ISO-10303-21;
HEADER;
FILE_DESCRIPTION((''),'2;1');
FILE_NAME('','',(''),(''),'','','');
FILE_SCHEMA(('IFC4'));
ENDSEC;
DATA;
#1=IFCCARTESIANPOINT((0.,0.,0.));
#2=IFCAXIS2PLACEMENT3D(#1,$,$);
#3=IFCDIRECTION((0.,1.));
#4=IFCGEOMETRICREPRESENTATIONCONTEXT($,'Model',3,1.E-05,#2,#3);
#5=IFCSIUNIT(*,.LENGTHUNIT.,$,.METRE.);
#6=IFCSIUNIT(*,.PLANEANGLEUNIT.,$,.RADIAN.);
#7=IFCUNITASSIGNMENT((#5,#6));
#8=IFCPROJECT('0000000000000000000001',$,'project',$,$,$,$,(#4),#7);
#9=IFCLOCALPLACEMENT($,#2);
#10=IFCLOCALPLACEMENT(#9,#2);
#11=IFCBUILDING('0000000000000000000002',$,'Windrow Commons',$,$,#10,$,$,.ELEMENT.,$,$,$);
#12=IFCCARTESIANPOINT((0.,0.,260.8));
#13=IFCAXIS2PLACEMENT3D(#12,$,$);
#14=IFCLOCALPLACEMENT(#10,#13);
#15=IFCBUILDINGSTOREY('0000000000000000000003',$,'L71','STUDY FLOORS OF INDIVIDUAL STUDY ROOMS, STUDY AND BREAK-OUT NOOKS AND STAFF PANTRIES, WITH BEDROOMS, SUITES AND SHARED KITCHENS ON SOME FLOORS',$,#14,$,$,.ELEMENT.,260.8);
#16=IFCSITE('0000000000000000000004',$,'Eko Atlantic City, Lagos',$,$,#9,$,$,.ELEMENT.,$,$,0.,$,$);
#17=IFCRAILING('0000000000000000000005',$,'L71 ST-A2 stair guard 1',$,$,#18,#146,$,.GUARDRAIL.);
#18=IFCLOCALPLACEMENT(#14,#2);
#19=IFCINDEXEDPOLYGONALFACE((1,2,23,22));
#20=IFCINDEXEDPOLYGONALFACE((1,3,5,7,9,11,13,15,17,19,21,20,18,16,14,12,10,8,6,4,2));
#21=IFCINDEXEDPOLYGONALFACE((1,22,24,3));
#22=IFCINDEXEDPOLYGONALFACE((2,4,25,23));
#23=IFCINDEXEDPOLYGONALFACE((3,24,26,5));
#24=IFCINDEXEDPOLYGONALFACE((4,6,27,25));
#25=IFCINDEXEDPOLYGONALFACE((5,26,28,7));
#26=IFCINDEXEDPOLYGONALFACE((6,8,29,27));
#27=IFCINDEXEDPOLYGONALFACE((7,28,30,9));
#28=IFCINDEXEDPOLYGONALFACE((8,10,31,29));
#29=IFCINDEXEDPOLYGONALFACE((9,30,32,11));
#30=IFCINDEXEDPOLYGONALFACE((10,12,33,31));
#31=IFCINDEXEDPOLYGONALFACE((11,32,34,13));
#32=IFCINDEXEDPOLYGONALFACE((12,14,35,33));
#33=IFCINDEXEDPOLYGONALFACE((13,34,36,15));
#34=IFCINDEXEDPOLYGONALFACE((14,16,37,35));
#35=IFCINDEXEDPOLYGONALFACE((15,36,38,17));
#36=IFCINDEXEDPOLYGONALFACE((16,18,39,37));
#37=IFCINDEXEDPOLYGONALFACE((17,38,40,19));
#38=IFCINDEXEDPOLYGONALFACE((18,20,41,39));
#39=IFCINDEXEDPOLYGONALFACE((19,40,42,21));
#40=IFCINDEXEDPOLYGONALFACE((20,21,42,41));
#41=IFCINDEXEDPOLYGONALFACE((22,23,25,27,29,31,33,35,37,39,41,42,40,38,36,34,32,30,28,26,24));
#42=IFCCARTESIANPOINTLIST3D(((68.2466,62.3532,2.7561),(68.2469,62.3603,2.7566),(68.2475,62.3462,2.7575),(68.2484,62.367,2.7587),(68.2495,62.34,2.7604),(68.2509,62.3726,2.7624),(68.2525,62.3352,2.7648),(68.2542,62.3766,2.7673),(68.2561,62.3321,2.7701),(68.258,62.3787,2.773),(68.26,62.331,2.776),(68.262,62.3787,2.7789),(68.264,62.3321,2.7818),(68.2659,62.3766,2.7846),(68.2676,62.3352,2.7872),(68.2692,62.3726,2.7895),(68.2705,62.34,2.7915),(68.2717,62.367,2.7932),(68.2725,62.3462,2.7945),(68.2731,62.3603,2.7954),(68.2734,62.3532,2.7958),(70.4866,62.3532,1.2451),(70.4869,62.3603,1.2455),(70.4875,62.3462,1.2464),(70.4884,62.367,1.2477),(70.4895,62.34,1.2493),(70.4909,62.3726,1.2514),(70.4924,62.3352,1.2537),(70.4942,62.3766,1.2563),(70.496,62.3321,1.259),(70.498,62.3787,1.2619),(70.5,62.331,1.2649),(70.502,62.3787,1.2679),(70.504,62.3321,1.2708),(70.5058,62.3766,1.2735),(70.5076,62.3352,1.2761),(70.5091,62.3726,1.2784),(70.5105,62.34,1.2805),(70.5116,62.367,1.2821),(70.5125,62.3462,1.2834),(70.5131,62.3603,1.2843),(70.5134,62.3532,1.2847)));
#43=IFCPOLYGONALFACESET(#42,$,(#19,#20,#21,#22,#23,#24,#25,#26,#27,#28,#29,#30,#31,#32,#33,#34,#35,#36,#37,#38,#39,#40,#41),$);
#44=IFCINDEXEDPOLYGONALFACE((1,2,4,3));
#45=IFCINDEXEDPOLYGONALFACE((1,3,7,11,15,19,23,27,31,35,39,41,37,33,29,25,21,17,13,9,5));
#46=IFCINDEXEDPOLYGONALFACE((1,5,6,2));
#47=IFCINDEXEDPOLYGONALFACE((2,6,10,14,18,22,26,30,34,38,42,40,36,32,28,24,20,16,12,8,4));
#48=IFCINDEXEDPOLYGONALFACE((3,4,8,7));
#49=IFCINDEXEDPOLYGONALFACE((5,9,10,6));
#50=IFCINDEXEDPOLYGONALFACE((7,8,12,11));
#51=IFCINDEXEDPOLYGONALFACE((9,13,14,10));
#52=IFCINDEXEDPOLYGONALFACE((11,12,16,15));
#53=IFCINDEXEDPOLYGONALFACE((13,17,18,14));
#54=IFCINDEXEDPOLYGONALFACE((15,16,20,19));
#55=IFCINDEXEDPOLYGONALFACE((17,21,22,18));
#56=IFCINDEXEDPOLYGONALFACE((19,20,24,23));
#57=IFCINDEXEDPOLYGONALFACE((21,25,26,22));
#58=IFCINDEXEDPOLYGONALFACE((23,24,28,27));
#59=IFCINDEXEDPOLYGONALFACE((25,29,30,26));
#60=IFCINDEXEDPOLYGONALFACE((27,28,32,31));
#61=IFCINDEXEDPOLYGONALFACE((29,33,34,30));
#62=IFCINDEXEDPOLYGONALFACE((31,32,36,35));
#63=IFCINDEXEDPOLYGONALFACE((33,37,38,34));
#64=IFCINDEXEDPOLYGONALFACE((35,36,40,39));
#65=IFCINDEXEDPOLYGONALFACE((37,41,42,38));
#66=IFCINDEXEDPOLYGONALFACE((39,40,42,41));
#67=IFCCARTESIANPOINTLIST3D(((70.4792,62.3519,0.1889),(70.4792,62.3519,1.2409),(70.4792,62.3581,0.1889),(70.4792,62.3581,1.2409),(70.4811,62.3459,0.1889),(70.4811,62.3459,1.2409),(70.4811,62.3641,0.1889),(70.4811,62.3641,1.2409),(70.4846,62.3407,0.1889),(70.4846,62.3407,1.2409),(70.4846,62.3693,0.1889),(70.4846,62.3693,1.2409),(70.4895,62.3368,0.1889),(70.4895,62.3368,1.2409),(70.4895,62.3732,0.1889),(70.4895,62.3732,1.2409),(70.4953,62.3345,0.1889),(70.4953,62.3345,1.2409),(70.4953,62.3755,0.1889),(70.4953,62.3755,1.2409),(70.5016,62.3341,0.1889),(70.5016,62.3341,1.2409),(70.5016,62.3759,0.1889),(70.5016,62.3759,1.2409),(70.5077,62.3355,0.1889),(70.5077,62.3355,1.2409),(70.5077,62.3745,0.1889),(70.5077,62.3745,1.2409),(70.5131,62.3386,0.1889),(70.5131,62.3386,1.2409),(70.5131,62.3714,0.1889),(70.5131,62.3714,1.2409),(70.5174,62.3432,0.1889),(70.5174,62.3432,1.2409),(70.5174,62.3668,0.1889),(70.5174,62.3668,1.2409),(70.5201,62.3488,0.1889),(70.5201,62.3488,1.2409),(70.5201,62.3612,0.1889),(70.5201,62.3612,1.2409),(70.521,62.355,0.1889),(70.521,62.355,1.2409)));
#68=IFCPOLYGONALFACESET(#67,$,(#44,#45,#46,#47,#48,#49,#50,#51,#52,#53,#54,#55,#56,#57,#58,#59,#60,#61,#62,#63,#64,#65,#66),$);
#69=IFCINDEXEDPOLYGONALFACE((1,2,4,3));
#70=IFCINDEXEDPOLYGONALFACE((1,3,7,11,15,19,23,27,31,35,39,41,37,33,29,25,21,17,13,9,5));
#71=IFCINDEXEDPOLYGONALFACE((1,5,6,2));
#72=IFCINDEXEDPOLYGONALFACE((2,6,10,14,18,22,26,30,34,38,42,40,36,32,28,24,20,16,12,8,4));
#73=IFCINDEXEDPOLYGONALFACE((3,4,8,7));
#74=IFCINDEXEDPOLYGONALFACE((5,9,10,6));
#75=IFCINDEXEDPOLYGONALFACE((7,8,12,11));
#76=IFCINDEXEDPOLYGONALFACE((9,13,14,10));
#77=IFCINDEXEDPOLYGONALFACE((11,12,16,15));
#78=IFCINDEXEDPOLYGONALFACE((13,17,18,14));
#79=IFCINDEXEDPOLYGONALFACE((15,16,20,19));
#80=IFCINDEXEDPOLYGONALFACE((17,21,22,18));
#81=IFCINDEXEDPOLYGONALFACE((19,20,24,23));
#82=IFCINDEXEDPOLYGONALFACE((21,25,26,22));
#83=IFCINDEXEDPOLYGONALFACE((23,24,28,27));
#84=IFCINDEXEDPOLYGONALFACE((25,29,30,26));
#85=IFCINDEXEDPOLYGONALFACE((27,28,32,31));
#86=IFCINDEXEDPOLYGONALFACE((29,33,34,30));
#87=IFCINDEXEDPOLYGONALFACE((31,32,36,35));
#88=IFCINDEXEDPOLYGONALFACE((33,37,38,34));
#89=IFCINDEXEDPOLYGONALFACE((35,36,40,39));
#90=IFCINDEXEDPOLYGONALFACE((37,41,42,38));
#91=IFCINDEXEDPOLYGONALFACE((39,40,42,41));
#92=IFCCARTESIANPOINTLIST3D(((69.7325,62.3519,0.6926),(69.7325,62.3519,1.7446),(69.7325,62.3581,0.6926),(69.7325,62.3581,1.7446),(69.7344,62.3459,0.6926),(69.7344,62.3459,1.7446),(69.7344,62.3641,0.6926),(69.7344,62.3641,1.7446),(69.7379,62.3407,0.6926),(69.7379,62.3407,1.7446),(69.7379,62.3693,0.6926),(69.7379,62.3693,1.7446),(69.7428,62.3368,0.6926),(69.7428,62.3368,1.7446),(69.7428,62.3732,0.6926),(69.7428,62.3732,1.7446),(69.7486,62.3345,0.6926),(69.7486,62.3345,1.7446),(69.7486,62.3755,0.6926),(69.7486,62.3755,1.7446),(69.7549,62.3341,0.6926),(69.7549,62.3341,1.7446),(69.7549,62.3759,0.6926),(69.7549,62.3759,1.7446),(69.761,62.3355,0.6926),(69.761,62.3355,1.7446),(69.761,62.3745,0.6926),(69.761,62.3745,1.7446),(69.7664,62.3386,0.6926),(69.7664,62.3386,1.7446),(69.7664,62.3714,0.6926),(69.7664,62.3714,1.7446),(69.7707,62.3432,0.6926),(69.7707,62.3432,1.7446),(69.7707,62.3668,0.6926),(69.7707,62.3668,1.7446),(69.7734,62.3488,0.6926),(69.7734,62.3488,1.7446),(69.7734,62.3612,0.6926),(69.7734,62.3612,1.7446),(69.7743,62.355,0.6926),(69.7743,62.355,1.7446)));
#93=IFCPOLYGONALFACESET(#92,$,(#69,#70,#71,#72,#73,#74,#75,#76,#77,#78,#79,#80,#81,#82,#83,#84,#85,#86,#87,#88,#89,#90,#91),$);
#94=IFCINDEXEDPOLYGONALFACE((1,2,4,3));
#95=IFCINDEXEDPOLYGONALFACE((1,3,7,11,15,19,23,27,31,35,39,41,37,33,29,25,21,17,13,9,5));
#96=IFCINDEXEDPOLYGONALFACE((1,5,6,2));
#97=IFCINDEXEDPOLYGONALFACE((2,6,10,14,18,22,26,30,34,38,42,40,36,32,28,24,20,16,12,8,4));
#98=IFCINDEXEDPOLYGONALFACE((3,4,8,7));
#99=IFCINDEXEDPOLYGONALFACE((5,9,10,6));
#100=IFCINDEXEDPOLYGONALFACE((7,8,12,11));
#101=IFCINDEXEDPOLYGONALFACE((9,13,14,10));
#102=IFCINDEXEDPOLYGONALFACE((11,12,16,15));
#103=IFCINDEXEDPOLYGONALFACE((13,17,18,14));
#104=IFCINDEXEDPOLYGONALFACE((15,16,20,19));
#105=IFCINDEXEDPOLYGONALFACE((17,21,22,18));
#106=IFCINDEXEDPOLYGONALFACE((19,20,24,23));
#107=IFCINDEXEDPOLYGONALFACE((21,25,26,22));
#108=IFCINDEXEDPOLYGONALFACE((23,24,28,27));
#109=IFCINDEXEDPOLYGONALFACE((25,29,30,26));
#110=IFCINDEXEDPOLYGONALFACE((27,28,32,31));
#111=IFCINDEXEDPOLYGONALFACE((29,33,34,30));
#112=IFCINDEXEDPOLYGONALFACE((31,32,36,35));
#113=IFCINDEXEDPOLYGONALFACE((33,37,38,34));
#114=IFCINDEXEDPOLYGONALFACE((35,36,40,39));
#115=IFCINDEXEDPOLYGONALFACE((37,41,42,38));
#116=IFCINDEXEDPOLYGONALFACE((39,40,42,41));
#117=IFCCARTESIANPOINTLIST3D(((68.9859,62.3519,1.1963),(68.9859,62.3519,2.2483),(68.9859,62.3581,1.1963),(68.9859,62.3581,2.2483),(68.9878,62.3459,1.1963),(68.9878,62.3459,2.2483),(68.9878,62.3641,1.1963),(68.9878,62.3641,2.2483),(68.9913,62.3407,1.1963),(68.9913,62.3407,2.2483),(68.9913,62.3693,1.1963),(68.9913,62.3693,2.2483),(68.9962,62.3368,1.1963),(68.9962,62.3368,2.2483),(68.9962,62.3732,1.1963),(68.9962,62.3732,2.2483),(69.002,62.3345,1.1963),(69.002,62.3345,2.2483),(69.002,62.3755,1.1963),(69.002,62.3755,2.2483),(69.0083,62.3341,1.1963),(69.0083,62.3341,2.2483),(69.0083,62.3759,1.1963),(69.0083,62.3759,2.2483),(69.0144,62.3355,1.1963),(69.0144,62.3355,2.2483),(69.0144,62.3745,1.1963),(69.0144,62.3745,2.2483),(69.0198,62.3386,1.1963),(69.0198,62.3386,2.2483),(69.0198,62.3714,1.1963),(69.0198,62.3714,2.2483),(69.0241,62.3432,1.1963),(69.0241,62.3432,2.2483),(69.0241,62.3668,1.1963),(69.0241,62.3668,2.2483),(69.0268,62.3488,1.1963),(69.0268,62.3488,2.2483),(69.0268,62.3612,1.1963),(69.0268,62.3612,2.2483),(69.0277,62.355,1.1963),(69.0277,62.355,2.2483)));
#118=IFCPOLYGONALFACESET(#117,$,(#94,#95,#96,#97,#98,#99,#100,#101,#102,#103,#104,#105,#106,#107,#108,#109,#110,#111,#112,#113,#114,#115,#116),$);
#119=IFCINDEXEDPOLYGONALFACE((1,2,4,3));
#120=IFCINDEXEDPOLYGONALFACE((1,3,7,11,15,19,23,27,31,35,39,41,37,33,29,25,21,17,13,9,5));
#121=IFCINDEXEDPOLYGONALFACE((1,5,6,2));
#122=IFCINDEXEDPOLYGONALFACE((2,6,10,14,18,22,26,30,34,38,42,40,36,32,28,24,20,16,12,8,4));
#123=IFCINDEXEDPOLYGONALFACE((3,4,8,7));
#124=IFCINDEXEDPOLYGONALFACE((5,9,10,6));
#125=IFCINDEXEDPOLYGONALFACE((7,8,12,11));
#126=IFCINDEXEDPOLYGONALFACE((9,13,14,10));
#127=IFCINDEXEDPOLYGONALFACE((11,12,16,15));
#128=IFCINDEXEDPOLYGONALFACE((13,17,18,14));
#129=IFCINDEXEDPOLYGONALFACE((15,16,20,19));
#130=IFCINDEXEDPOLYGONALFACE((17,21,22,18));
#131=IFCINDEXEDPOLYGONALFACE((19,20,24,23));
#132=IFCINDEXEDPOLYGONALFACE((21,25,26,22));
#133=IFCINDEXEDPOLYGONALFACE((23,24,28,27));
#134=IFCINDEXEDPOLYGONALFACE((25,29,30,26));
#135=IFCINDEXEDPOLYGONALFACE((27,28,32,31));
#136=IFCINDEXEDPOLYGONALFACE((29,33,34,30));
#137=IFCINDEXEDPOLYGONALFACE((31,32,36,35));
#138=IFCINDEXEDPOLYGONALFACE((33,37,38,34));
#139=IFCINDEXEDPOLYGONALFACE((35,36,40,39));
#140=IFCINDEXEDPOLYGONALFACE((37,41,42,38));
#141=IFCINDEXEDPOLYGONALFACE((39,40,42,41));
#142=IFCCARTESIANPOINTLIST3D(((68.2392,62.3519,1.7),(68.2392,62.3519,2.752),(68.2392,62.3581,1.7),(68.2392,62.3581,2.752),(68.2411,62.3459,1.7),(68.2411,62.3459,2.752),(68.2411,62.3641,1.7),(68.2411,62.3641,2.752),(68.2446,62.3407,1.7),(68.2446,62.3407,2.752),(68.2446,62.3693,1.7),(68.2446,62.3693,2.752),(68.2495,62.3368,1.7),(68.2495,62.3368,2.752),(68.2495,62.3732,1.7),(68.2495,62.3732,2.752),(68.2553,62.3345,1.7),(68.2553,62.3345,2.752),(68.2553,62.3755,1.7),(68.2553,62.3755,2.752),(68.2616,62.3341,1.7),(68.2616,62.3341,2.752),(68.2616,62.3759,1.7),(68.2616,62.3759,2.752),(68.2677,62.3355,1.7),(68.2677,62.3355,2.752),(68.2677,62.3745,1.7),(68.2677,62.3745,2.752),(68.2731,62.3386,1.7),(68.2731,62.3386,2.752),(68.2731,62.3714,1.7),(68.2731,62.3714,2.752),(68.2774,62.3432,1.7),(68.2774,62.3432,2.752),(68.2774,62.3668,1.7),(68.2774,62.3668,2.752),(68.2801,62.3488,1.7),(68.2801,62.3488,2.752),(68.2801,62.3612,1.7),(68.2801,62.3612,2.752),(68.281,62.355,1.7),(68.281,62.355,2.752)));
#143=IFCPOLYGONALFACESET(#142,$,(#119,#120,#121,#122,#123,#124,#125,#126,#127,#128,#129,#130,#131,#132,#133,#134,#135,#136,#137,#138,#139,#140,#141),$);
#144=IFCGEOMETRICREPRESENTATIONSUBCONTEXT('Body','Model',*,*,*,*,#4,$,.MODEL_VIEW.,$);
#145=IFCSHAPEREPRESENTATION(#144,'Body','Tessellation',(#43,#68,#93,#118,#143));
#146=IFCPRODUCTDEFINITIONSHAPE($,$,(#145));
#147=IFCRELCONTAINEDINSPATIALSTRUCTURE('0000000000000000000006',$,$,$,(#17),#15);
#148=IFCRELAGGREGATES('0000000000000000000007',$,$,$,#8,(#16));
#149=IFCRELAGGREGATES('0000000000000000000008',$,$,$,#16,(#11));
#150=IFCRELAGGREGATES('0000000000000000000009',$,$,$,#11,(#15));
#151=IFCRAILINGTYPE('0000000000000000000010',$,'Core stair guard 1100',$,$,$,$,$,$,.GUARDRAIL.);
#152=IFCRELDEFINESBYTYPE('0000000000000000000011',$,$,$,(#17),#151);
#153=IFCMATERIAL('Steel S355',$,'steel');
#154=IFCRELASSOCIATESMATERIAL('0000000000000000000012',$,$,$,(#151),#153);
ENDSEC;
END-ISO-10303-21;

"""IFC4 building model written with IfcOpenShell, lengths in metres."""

from ifc_helpers import new_model, si_unit, direction, frame, origin, origin_2d, place, context, subcontext, project, spatial, circle, extrude, material, type_object, element, save


model = new_model("IFC4")

# Units and contexts
model_context = context("Model", 3, precision=1e-05, world=origin(), true_north=direction((0.0, 1.0)))
body_context = subcontext(model_context, "Body", "Model", "MODEL_VIEW")
ifc_project = project(units=[si_unit("LENGTHUNIT", "METRE"), si_unit("PLANEANGLEUNIT", "RADIAN")], contexts=[model_context])

# Site, building, storey
site_placement = place(None, origin())
site = spatial("IfcSite", under=ifc_project, at=site_placement, Name="Eko Atlantic City, Lagos", CompositionType="ELEMENT", RefElevation=0.0)
building_placement = place(site_placement, origin())
building = spatial("IfcBuilding", under=site, at=building_placement, Name="Windrow Commons", CompositionType="ELEMENT")
storey_placement = place(building_placement, frame((0.0, 0.0, 260.8)))
storey = spatial("IfcBuildingStorey", under=building, at=storey_placement, Name="L71", Description="STUDY FLOORS OF INDIVIDUAL STUDY ROOMS, STUDY AND BREAK-OUT NOOKS AND STAFF PANTRIES, WITH BEDROOMS, SUITES AND SHARED KITCHENS ON SOME FLOORS", CompositionType="ELEMENT", Elevation=260.8)

# Railing
ifc_material_1 = material(Name="Steel S355", Category="steel")
railing_type_1 = type_object("IfcRailingType", Name="Core stair guard 1100", PredefinedType="GUARDRAIL", material=ifc_material_1)
railing_1_placement = place(storey_placement, frame((70.5, 62.355, 0.1889)))
element("IfcRailing", 1, at=railing_1_placement, inside=storey, type_object=railing_type_1, Name="L71 ST-A2 stair guard 1", PredefinedType="GUARDRAIL", context=body_context, shape_type="SweptSolid", body=[
    extrude(circle(Radius=0.024, at=origin_2d()), frame((0.0, 0.0, 1.076), z_axis=(-0.829003, 0.0, 0.559244), x_axis=(0.0, -1.0, 0.0)), (0.0, 0.0, 1.0), 2.702),
    extrude(circle(Radius=0.021, at=origin_2d()), origin(), (0.0, 0.0, 1.0), 1.052),
    extrude(circle(Radius=0.021, at=origin_2d()), frame((-0.7467, 0.0, 0.5037)), (0.0, 0.0, 1.0), 1.052),
    extrude(circle(Radius=0.021, at=origin_2d()), frame((-1.4933, 0.0, 1.0074)), (0.0, 0.0, 1.0), 1.052),
    extrude(circle(Radius=0.021, at=origin_2d()), frame((-2.24, 0.0, 1.5111)), (0.0, 0.0, 1.0), 1.052),
])

save(model, "model.ifc")
